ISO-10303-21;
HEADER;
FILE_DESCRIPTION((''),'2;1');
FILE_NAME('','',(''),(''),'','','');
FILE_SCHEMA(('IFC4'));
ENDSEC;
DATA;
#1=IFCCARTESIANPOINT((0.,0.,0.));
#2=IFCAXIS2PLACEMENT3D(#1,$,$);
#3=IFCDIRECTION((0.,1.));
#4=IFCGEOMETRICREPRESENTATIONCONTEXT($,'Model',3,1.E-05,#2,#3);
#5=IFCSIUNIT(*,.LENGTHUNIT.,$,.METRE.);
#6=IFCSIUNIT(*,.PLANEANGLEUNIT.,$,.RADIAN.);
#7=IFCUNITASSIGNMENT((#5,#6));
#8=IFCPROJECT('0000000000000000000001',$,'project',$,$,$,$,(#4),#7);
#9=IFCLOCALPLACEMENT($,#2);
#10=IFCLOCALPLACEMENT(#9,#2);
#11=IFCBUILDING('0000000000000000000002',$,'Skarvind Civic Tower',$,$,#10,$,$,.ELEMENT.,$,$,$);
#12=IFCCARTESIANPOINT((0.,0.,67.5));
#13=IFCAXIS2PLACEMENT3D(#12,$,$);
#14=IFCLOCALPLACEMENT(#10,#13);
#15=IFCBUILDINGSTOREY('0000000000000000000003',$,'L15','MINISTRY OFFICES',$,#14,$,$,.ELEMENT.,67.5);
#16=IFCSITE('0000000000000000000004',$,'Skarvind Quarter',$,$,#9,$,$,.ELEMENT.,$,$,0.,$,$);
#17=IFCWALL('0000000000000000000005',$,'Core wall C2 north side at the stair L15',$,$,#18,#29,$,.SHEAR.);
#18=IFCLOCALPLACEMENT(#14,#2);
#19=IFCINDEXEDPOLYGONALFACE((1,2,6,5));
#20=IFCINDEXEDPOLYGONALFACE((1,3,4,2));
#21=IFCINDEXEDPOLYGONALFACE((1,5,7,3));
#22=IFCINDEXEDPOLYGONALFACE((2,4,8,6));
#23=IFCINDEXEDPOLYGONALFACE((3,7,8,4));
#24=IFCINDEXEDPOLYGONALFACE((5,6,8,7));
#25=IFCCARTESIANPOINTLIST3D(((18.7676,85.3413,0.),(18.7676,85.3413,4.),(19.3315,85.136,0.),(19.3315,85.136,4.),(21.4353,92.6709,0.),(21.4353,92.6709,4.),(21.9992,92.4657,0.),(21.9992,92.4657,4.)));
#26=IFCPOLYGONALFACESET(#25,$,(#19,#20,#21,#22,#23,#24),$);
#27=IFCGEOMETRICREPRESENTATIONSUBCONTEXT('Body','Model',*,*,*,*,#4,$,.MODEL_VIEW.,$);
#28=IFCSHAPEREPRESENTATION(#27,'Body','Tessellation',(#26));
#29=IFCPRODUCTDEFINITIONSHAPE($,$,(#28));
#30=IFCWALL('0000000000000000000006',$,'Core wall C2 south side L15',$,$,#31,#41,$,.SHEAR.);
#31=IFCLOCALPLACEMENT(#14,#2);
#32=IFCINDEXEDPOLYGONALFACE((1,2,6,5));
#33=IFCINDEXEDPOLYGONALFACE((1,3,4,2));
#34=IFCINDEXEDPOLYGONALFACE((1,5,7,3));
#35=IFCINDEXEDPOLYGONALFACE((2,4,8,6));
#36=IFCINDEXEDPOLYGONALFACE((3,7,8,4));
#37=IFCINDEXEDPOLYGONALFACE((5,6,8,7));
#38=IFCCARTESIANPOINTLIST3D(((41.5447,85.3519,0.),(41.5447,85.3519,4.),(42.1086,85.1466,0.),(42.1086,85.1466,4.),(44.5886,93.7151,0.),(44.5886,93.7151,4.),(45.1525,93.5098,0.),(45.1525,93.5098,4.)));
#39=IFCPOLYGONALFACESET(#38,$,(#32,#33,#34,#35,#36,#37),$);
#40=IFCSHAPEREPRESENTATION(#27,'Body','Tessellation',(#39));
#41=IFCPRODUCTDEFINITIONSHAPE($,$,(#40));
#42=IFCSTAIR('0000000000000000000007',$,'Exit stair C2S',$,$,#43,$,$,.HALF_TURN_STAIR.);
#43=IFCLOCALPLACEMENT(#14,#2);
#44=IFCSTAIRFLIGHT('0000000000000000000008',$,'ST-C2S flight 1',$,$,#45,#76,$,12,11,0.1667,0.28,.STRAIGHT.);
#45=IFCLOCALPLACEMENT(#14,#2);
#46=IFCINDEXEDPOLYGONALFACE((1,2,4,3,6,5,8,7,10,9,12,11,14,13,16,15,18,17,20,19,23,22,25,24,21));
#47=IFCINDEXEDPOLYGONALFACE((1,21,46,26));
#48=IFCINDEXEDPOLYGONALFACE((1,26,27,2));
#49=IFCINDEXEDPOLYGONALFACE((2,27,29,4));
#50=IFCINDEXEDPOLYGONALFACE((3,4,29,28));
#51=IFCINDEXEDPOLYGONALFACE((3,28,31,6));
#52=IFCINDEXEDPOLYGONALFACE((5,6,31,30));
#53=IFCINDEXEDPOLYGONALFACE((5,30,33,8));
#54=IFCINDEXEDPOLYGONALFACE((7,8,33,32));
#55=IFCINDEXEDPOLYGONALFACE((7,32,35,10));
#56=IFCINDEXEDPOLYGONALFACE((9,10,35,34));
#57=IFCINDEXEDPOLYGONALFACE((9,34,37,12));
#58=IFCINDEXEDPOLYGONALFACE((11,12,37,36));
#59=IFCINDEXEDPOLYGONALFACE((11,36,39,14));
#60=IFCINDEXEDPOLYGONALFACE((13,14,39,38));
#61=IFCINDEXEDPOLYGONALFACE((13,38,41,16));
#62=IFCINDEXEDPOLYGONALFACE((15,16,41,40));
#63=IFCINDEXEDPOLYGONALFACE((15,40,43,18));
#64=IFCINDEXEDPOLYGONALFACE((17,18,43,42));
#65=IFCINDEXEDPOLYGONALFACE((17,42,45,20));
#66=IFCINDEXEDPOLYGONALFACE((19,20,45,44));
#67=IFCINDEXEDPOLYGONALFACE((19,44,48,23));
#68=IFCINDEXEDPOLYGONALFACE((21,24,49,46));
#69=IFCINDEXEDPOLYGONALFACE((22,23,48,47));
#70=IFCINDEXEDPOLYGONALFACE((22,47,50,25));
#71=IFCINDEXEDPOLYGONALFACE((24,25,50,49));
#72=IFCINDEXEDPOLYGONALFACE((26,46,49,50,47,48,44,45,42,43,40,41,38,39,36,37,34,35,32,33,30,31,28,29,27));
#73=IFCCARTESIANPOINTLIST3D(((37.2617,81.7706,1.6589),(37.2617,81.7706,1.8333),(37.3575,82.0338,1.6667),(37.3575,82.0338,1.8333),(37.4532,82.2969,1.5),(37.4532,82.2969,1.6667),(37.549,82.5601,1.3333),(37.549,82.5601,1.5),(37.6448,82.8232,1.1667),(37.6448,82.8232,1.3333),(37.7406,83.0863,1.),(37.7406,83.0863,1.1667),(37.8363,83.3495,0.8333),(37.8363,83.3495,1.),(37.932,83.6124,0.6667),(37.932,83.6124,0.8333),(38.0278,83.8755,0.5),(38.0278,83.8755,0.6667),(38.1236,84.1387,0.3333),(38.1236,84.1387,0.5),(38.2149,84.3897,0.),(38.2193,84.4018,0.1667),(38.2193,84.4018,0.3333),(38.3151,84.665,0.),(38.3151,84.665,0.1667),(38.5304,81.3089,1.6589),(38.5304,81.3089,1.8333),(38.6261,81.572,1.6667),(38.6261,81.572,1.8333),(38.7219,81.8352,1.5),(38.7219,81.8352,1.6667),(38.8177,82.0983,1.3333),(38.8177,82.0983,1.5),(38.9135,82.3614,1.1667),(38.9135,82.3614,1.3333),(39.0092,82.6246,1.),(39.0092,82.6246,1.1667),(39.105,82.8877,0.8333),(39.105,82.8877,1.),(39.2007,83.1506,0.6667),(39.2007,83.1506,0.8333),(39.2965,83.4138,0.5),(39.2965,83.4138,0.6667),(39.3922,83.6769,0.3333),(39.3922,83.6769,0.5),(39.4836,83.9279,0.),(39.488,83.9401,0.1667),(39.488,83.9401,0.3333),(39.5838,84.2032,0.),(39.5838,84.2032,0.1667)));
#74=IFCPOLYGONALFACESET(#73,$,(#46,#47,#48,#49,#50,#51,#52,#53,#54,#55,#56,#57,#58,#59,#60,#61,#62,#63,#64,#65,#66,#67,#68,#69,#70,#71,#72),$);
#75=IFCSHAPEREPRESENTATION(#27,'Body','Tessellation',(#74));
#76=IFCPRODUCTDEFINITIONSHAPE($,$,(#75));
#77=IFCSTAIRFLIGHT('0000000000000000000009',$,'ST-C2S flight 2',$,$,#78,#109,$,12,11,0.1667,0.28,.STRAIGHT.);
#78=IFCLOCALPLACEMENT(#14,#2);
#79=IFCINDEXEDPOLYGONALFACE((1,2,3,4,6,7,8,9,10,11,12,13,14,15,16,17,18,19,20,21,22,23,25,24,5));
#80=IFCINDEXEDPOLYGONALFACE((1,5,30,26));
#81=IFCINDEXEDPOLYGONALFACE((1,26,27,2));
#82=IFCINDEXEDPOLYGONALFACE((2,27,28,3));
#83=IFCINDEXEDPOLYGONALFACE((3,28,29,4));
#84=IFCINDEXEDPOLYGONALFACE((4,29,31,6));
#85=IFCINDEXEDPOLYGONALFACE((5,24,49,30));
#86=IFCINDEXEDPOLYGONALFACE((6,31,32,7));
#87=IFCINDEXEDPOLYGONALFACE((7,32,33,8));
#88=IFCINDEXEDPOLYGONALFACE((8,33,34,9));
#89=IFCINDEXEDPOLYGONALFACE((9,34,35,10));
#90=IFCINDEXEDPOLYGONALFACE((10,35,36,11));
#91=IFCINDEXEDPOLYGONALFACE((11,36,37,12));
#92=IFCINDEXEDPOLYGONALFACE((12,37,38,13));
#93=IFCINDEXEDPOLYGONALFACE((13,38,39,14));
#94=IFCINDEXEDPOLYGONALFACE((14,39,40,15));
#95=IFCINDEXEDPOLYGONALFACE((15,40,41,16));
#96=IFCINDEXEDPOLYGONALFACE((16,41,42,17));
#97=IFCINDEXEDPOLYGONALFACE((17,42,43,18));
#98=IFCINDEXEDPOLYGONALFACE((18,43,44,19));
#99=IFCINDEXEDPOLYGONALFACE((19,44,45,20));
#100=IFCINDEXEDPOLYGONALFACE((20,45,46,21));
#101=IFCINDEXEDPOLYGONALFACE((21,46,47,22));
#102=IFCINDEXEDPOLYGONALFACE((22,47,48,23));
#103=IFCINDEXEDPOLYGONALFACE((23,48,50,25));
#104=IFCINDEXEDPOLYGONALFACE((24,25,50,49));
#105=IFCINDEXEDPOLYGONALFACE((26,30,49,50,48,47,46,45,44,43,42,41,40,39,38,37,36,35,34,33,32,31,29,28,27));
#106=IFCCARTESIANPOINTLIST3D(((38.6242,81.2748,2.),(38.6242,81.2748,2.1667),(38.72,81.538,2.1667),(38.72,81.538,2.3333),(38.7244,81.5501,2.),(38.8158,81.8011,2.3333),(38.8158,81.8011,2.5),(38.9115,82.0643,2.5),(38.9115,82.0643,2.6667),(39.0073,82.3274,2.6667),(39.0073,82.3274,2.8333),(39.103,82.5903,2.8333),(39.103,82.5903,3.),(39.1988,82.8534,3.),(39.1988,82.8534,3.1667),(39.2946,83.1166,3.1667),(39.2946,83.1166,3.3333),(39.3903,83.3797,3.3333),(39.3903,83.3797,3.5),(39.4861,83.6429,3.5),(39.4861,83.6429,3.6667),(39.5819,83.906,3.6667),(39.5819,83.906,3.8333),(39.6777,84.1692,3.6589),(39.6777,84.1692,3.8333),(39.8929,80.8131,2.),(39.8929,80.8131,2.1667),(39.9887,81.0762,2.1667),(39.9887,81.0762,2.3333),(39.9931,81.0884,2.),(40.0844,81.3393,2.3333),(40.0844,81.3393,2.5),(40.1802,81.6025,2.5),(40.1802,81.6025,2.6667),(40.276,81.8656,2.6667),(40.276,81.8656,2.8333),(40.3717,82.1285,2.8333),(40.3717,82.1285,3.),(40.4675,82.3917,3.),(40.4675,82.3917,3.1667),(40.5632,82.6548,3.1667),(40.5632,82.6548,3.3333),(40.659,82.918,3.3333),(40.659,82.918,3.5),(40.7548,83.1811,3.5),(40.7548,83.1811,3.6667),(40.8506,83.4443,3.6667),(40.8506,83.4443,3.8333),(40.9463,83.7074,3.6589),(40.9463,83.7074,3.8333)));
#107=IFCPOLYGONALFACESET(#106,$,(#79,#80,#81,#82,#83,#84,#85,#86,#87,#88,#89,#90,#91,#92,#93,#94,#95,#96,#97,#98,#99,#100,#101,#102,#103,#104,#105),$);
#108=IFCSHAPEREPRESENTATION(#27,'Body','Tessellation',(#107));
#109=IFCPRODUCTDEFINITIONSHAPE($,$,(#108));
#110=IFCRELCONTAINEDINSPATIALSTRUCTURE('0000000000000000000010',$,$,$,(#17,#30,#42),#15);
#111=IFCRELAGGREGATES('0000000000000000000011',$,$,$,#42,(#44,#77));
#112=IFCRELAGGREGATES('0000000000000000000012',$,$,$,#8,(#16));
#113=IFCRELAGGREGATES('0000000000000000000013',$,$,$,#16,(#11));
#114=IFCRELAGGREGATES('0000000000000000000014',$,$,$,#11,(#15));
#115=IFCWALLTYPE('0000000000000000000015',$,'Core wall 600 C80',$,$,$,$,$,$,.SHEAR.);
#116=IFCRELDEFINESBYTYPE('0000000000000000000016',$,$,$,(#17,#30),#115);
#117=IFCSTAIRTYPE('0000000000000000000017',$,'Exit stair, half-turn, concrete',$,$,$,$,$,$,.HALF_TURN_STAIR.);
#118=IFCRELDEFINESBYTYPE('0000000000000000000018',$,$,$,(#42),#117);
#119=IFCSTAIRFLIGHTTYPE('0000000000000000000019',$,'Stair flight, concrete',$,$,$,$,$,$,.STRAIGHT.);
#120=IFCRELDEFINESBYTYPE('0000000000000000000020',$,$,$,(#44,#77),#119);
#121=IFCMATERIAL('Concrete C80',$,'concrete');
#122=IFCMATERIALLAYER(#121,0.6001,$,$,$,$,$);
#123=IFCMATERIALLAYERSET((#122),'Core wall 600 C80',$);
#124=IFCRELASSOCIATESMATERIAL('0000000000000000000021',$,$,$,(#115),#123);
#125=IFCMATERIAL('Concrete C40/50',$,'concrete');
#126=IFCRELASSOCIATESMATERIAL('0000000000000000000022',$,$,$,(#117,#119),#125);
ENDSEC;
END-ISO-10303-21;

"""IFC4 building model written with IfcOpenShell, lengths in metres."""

from ifc_helpers import new_model, si_unit, direction, frame, frame_2d, origin, place, context, subcontext, project, spatial, polyline, rectangle, outline, extrude, material, layer, layer_set, type_object, element, aggregate, save


model = new_model("IFC4")

# Units and contexts
model_context = context("Model", 3, precision=1e-05, world=origin(), true_north=direction((0.0, 1.0)))
body_context = subcontext(model_context, "Body", "Model", "MODEL_VIEW")
ifc_project = project(units=[si_unit("LENGTHUNIT", "METRE"), si_unit("PLANEANGLEUNIT", "RADIAN")], contexts=[model_context])

# Site, building, storey
site_placement = place(None, origin())
site = spatial("IfcSite", under=ifc_project, at=site_placement, Name="Skarvind Quarter", CompositionType="ELEMENT", RefElevation=0.0)
building_placement = place(site_placement, origin())
building = spatial("IfcBuilding", under=site, at=building_placement, Name="Skarvind Civic Tower", CompositionType="ELEMENT")
storey_placement = place(building_placement, frame((0.0, 0.0, 67.5)))
storey = spatial("IfcBuildingStorey", under=building, at=storey_placement, Name="L15", Description="MINISTRY OFFICES", CompositionType="ELEMENT", Elevation=67.5)

# Shared definitions
ifc_material_1 = material(Name="Concrete C40/50", Category="concrete")

# Shared definitions
ifc_material_2 = material(Name="Concrete C80", Category="concrete")

# Walls
ifc_layer_1 = layer(ifc_material_2, 0.6001)
ifc_layer_set_1 = layer_set([ifc_layer_1], Name="Core wall 600 C80")
wall_type_1 = type_object("IfcWallType", Name="Core wall 600 C80", PredefinedType="SHEAR", material=ifc_layer_set_1)
for number, where, z_axis, x_axis, name in (
    (1, (19.0496, 85.2388, 0.0), (0.0, 0.0, 1.0), (0.342017, 0.939694, 0.0), "Core wall C2 north side at the stair L15"),
):
    element("IfcWall", number, at=place(storey_placement, frame(where, z_axis=z_axis, x_axis=x_axis)), inside=storey, type_object=wall_type_1, Name=name, PredefinedType="SHEAR", context=body_context, shape_type="SweptSolid", body=[
        extrude(rectangle(XDim=7.8, YDim=0.6001, at=frame_2d((3.8999, 0.0))), origin(), (0.0, 0.0, 1.0), 4.0),
    ])
wall_1_placement = place(storey_placement, frame((41.8267, 85.2493, 0.0), z_axis=(0.0, 0.0, 1.0), x_axis=(0.342016, 0.939694, 0.0)))
element("IfcWall", 2, at=wall_1_placement, inside=storey, type_object=wall_type_1, Name="Core wall C2 south side L15", PredefinedType="SHEAR", context=body_context, shape_type="SweptSolid", body=[
    extrude(rectangle(XDim=8.8999, YDim=0.6001, at=frame_2d((4.45, 0.0))), origin(), (0.0, 0.0, 1.0), 4.0),
])

# Stair, stair flights
stair_type_1 = type_object("IfcStairType", Name="Exit stair, half-turn, concrete", PredefinedType="HALF_TURN_STAIR", material=ifc_material_1)
stair_1_placement = place(storey_placement, origin())
stair_1 = element("IfcStair", 3, at=stair_1_placement, inside=storey, type_object=stair_type_1, Name="Exit stair C2S", PredefinedType="HALF_TURN_STAIR")
stair_flight_type = type_object("IfcStairFlightType", Name="Stair flight, concrete", PredefinedType="STRAIGHT", material=ifc_material_1)
stair_flight_1_placement = place(storey_placement, frame((38.9495, 84.4341, 0.0), z_axis=(0.0, 0.0, 1.0), x_axis=(-0.34202, -0.939693, 0.0)))
stair_flight_1 = element("IfcStairFlight", 4, at=stair_flight_1_placement, type_object=stair_flight_type, Name="ST-C2S flight 1", NumberOfRisers=12, NumberOfTreads=11, PredefinedType="STRAIGHT", RiserHeight=0.1667, TreadLength=0.28, context=body_context, shape_type="SweptSolid", body=[
    extrude(outline(polyline([(0.0, 0.0), (0.0, 0.1667), (0.28, 0.1667), (0.28, 0.3333), (0.5601, 0.3333), (0.5601, 0.5), (0.8401, 0.5), (0.8401, 0.6667), (1.1201, 0.6667), (1.1201, 0.8333), (1.3999, 0.8333), (1.3999, 1.0), (1.6799, 1.0), (1.6799, 1.1667), (1.96, 1.1667), (1.96, 1.3333), (2.24, 1.3333), (2.24, 1.5), (2.52, 1.5), (2.52, 1.6667), (2.8, 1.6667), (2.8, 1.8333), (3.0801, 1.8333), (3.0801, 2.0), (3.0801, 1.6589), (0.293, 0.0), (0.0, 0.0)])), frame((0.0, 0.675, 0.0), z_axis=(0.0, -1.0, 0.0), x_axis=(1.0, 0.0, 0.0)), (0.0, 0.0, 1.0), 1.3501),
])
stair_flight_2_placement = place(storey_placement, frame((39.2585, 81.0439, 2.0), z_axis=(0.0, 0.0, 1.0), x_axis=(0.34202, 0.939693, 0.0)))
stair_flight_2 = element("IfcStairFlight", 5, at=stair_flight_2_placement, type_object=stair_flight_type, Name="ST-C2S flight 2", NumberOfRisers=12, NumberOfTreads=11, PredefinedType="STRAIGHT", RiserHeight=0.1667, TreadLength=0.28, context=body_context, shape_type="SweptSolid", body=[
    extrude(outline(polyline([(0.0, 0.0), (0.0, 0.1667), (0.28, 0.1667), (0.28, 0.3333), (0.5601, 0.3333), (0.5601, 0.5), (0.8401, 0.5), (0.8401, 0.6667), (1.1201, 0.6667), (1.1201, 0.8333), (1.3999, 0.8333), (1.3999, 1.0), (1.6799, 1.0), (1.6799, 1.1667), (1.96, 1.1667), (1.96, 1.3333), (2.24, 1.3333), (2.24, 1.5), (2.52, 1.5), (2.52, 1.6667), (2.8, 1.6667), (2.8, 1.8333), (3.0801, 1.8333), (3.0801, 2.0), (3.0801, 1.6589), (0.293, 0.0), (0.0, 0.0)])), frame((0.0, 0.675, 0.0), z_axis=(0.0, -1.0, 0.0), x_axis=(1.0, 0.0, 0.0)), (0.0, 0.0, 1.0), 1.3501),
])
aggregate(stair_1, [stair_flight_1, stair_flight_2])

save(model, "model.ifc")
